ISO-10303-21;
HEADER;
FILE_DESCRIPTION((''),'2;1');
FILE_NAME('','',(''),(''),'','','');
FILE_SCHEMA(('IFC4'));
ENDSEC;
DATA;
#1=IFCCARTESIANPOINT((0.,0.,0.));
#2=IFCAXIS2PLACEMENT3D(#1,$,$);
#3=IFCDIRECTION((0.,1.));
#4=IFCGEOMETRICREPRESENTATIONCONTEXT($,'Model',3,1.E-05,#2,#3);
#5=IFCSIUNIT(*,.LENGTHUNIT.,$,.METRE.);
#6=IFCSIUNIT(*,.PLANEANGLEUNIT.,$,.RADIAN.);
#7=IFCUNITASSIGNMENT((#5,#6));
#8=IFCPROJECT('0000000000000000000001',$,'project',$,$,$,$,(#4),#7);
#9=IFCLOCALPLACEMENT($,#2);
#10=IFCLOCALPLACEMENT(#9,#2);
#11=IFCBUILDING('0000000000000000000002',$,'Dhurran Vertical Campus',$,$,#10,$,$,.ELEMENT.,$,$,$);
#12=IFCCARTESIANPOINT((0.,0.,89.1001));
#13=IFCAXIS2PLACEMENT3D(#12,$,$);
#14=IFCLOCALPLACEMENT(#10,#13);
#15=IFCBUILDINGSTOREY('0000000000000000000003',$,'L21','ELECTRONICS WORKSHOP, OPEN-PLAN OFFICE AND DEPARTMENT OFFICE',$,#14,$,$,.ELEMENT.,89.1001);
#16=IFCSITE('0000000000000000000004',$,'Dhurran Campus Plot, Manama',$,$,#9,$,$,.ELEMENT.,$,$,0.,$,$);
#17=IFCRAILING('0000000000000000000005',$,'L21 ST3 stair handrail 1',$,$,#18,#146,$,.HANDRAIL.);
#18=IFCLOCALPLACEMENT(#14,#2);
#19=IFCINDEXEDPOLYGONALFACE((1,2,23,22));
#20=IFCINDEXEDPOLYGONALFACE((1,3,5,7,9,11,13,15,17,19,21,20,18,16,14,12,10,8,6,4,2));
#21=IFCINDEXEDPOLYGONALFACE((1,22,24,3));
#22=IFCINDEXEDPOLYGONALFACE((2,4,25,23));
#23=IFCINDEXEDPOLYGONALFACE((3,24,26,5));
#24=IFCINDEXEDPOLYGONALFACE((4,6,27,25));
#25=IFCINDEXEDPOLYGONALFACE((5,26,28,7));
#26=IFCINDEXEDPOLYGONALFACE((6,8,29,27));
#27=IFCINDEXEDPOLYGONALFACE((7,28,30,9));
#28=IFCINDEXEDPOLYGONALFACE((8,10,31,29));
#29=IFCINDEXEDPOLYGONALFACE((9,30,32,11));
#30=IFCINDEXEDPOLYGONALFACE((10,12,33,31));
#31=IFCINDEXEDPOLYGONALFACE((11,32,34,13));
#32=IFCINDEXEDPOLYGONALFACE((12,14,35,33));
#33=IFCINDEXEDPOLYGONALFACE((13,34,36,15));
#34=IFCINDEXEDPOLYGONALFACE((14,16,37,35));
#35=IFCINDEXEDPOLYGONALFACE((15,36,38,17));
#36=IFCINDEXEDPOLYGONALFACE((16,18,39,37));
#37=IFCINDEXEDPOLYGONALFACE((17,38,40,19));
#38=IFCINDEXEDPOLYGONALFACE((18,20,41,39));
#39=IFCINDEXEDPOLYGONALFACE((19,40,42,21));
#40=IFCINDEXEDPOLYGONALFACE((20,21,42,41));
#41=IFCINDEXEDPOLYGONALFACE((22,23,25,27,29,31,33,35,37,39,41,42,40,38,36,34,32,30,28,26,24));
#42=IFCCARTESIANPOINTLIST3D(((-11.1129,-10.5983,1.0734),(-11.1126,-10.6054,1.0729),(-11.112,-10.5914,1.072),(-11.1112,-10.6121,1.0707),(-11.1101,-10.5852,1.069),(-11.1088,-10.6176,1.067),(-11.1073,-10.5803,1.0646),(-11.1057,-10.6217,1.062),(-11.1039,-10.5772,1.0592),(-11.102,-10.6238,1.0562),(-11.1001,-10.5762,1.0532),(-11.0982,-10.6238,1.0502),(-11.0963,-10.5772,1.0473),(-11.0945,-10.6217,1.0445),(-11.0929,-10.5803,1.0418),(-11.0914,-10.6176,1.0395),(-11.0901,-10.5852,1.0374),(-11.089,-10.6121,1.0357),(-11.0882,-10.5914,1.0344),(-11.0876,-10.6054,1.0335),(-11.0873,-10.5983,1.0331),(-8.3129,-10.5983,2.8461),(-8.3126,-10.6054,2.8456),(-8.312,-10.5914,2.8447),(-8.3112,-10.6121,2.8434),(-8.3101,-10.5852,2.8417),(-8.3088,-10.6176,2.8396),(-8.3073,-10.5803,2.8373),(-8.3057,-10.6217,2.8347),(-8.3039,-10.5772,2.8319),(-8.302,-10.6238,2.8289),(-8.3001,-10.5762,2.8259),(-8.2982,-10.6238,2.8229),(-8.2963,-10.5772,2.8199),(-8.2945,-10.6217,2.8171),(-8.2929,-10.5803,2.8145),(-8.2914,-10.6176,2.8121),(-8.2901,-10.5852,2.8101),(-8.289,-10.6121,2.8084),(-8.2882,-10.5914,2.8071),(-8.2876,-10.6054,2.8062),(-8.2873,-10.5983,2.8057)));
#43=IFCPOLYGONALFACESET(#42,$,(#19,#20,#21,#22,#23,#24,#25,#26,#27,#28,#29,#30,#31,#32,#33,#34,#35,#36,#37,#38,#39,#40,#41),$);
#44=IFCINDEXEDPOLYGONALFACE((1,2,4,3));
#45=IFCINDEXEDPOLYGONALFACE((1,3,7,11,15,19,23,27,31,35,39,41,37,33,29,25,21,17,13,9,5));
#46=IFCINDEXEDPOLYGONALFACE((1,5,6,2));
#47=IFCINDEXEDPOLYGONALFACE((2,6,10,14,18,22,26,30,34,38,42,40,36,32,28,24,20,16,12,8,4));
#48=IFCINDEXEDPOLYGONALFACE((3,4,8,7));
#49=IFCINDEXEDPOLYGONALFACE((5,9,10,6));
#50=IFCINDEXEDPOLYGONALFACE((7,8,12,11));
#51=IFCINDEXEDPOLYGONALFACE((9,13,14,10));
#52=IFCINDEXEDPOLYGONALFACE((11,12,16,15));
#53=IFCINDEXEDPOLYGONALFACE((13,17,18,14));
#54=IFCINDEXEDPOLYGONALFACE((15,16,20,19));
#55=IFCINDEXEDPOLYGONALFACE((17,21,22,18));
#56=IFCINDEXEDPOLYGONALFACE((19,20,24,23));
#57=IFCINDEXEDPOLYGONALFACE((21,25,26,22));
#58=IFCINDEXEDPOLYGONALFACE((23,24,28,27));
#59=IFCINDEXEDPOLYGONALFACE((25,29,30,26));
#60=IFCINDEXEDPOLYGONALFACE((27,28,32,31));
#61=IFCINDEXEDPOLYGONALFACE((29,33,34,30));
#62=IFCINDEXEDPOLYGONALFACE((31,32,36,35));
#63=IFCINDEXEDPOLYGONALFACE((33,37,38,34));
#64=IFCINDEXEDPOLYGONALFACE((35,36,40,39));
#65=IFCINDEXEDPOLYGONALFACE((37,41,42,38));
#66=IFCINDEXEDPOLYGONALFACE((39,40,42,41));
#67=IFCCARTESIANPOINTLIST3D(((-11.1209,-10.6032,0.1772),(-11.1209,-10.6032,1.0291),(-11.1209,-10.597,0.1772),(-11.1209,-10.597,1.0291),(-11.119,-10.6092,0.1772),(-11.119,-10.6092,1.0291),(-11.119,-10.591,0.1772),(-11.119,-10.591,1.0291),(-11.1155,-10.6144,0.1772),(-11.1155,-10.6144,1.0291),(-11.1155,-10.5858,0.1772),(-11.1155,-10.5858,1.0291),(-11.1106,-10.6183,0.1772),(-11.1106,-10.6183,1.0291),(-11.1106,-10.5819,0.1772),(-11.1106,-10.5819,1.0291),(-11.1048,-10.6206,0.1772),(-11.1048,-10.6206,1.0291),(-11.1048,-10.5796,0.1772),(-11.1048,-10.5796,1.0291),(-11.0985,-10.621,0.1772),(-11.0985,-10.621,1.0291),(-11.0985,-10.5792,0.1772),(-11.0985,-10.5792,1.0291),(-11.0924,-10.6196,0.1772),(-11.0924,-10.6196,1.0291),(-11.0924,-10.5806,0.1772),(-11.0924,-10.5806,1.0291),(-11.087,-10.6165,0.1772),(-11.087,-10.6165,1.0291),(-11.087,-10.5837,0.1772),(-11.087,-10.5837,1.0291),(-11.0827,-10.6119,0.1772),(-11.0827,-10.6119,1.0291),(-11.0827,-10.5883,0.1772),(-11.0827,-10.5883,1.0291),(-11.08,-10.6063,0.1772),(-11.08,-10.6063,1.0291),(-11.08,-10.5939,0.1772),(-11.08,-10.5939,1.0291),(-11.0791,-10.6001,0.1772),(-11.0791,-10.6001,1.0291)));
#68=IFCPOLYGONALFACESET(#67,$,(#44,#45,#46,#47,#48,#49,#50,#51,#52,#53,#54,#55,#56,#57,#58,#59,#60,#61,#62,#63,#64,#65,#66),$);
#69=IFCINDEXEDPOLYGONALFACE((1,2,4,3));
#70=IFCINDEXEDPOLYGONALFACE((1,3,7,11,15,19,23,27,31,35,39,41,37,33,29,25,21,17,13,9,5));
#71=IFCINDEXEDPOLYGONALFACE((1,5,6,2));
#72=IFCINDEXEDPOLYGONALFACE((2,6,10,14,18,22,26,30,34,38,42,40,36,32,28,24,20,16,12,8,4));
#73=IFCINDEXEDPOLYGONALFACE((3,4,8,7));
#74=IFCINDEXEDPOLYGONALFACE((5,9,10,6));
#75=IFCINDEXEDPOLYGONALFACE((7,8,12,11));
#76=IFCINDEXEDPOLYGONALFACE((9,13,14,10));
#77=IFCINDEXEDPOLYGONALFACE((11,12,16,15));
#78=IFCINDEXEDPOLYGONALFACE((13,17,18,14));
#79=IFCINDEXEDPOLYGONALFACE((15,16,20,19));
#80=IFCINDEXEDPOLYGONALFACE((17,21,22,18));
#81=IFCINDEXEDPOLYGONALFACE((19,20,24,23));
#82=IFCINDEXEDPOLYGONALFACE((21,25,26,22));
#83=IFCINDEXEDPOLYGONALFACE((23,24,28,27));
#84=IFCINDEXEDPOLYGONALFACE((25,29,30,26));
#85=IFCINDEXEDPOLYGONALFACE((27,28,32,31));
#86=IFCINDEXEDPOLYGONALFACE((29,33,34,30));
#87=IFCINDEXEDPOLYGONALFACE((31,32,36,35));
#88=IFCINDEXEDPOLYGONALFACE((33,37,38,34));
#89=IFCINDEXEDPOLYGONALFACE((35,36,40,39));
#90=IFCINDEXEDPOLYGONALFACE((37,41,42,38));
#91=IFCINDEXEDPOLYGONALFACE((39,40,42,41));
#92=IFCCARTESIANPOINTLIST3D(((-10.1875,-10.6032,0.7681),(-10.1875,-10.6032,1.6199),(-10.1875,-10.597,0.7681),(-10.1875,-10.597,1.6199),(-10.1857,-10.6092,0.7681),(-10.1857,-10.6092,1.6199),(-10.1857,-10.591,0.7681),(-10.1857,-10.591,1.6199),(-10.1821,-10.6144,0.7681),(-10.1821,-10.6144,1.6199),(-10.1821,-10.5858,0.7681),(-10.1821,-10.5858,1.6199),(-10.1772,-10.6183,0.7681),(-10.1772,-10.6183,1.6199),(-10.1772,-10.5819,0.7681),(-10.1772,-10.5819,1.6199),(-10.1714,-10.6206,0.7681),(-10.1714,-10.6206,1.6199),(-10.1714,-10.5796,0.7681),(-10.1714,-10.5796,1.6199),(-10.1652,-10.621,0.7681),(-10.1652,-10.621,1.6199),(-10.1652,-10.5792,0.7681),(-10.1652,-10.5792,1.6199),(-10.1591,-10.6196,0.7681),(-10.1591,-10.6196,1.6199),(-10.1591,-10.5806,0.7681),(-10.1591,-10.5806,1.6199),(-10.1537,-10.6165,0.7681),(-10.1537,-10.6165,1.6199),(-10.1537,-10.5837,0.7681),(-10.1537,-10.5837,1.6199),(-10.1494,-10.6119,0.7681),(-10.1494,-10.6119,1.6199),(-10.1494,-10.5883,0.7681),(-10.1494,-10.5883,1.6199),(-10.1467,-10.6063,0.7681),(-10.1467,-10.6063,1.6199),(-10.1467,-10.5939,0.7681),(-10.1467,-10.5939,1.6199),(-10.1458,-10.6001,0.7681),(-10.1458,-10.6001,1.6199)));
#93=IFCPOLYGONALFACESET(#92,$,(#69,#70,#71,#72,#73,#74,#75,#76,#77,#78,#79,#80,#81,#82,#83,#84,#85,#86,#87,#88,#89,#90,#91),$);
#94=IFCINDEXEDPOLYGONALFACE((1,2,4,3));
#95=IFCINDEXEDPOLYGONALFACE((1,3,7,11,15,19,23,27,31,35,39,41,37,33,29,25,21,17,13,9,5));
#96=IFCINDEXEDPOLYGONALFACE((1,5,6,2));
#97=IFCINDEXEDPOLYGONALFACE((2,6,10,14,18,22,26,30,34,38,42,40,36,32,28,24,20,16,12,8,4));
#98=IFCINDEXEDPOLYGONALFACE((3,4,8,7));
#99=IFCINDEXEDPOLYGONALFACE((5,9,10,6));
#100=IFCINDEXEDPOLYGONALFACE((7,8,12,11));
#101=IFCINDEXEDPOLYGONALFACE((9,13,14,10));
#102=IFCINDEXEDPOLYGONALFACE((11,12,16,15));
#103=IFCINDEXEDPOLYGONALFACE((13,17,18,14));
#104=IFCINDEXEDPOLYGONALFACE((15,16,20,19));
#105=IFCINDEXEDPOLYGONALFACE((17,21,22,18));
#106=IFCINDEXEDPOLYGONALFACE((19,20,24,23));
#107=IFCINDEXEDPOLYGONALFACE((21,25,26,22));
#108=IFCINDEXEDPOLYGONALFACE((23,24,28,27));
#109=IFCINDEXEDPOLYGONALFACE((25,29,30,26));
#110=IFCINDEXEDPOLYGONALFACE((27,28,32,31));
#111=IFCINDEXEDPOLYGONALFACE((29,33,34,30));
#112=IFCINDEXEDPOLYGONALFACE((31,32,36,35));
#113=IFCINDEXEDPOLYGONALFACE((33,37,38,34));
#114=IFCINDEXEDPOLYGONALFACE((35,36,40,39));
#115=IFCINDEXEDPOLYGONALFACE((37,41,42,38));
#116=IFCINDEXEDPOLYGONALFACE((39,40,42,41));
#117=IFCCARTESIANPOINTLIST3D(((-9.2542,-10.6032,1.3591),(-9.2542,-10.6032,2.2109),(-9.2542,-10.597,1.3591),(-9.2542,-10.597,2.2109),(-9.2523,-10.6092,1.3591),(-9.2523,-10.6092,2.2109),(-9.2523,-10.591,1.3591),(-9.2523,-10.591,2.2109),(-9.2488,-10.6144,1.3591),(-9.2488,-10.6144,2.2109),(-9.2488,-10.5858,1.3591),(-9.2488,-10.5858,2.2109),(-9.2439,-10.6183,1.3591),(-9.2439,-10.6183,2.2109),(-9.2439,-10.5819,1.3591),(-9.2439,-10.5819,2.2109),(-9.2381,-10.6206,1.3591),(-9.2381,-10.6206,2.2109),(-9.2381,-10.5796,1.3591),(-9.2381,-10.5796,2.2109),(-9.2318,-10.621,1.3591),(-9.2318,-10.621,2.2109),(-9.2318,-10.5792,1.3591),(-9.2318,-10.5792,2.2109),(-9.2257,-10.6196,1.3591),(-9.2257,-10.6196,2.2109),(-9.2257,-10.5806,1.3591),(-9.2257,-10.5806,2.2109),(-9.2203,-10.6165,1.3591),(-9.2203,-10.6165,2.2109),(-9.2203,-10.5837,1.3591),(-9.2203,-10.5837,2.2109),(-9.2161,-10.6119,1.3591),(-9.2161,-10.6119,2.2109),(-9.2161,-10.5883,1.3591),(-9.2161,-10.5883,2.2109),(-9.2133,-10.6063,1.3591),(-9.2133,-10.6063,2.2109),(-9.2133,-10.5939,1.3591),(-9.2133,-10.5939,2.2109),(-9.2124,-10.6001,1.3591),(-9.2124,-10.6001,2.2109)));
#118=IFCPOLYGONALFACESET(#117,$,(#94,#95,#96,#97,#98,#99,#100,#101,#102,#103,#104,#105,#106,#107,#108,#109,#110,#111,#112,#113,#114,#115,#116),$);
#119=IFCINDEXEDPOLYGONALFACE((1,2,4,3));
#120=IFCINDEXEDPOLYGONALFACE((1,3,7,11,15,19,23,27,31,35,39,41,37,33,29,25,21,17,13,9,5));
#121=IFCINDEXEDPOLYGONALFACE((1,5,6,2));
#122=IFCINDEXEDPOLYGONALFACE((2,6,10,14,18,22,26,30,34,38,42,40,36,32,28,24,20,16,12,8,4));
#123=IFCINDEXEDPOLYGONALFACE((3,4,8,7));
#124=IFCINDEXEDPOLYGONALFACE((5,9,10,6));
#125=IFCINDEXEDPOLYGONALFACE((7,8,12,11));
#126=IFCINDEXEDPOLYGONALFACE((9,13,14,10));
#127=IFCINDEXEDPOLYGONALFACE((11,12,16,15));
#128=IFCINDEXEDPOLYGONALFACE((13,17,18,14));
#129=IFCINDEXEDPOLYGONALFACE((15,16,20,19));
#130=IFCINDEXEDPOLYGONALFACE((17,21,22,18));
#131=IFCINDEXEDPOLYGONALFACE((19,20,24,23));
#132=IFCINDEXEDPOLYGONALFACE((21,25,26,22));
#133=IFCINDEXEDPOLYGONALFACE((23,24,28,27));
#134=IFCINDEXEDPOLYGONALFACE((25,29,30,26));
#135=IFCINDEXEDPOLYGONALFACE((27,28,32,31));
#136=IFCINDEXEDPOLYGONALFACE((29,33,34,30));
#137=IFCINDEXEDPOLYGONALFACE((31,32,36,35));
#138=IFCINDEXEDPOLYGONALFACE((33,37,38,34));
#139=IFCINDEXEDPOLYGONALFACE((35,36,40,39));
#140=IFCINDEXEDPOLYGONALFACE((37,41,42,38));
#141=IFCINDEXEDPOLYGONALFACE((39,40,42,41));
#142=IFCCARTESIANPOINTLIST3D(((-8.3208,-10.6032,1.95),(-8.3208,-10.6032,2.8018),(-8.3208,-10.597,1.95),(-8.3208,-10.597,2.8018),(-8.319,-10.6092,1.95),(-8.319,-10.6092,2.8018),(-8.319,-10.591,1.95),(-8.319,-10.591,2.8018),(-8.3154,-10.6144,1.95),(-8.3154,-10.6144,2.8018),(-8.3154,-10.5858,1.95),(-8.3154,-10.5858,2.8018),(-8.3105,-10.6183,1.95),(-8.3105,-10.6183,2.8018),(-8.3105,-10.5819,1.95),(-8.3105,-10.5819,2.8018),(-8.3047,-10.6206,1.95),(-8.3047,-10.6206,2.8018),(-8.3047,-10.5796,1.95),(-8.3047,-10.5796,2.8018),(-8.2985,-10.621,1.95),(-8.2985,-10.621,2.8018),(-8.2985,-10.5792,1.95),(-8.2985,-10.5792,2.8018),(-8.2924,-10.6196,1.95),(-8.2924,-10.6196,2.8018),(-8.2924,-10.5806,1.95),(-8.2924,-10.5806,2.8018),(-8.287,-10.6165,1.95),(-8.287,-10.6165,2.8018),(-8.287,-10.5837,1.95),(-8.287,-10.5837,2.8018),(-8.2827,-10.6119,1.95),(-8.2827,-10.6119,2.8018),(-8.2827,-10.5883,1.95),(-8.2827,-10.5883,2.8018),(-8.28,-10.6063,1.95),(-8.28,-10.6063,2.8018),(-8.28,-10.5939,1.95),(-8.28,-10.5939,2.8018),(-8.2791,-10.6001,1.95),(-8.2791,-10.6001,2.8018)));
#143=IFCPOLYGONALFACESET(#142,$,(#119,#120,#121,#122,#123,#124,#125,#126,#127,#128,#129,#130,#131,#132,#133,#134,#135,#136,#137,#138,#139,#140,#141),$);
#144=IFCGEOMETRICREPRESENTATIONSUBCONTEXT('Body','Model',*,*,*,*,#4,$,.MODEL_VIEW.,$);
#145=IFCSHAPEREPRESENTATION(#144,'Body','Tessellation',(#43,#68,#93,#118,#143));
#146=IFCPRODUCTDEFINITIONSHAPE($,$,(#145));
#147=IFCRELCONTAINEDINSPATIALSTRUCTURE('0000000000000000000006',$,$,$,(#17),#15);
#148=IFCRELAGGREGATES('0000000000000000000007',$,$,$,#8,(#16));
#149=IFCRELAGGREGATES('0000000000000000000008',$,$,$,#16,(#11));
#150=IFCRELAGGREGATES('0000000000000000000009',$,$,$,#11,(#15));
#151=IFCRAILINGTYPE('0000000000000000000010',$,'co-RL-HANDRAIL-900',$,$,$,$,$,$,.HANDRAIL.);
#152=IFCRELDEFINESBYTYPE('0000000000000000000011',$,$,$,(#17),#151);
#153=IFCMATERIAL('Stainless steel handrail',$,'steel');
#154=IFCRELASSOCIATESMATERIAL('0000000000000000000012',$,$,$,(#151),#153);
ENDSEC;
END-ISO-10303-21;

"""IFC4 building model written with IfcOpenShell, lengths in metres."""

from ifc_helpers import new_model, si_unit, direction, frame, origin, origin_2d, place, context, subcontext, project, spatial, circle, extrude, material, type_object, element, save


model = new_model("IFC4")

# Units and contexts
model_context = context("Model", 3, precision=1e-05, world=origin(), true_north=direction((0.0, 1.0)))
body_context = subcontext(model_context, "Body", "Model", "MODEL_VIEW")
ifc_project = project(units=[si_unit("LENGTHUNIT", "METRE"), si_unit("PLANEANGLEUNIT", "RADIAN")], contexts=[model_context])

# Site, building, storey
site_placement = place(None, origin())
site = spatial("IfcSite", under=ifc_project, at=site_placement, Name="Dhurran Campus Plot, Manama", CompositionType="ELEMENT", RefElevation=0.0)
building_placement = place(site_placement, origin())
building = spatial("IfcBuilding", under=site, at=building_placement, Name="Dhurran Vertical Campus", CompositionType="ELEMENT")
storey_placement = place(building_placement, frame((0.0, 0.0, 89.1001)))
storey = spatial("IfcBuildingStorey", under=building, at=storey_placement, Name="L21", Description="ELECTRONICS WORKSHOP, OPEN-PLAN OFFICE AND DEPARTMENT OFFICE", CompositionType="ELEMENT", Elevation=89.1001)

# Railing
ifc_material_1 = material(Name="Stainless steel handrail", Category="steel")
railing_type_1 = type_object("IfcRailingType", Name="co-RL-HANDRAIL-900", PredefinedType="HANDRAIL", material=ifc_material_1)
railing_1_placement = place(storey_placement, frame((-11.1001, -10.6001, 0.1772)))
element("IfcRailing", 1, at=railing_1_placement, inside=storey, type_object=railing_type_1, Name="L21 ST3 stair handrail 1", PredefinedType="HANDRAIL", context=body_context, shape_type="SweptSolid", body=[
    extrude(circle(Radius=0.0239, at=origin_2d()), frame((0.0, 0.0, 0.876), z_axis=(0.844909, 0.0, 0.53491), x_axis=(0.0, 1.0, 0.0)), (0.0, 0.0, 1.0), 3.314),
    extrude(circle(Radius=0.021, at=origin_2d()), origin(), (0.0, 0.0, 1.0), 0.8518),
    extrude(circle(Radius=0.021, at=origin_2d()), frame((0.9333, 0.0, 0.5908)), (0.0, 0.0, 1.0), 0.8518),
    extrude(circle(Radius=0.021, at=origin_2d()), frame((1.8667, 0.0, 1.1819)), (0.0, 0.0, 1.0), 0.8518),
    extrude(circle(Radius=0.021, at=origin_2d()), frame((2.8, 0.0, 1.7727)), (0.0, 0.0, 1.0), 0.8518),
])

save(model, "model.ifc")
